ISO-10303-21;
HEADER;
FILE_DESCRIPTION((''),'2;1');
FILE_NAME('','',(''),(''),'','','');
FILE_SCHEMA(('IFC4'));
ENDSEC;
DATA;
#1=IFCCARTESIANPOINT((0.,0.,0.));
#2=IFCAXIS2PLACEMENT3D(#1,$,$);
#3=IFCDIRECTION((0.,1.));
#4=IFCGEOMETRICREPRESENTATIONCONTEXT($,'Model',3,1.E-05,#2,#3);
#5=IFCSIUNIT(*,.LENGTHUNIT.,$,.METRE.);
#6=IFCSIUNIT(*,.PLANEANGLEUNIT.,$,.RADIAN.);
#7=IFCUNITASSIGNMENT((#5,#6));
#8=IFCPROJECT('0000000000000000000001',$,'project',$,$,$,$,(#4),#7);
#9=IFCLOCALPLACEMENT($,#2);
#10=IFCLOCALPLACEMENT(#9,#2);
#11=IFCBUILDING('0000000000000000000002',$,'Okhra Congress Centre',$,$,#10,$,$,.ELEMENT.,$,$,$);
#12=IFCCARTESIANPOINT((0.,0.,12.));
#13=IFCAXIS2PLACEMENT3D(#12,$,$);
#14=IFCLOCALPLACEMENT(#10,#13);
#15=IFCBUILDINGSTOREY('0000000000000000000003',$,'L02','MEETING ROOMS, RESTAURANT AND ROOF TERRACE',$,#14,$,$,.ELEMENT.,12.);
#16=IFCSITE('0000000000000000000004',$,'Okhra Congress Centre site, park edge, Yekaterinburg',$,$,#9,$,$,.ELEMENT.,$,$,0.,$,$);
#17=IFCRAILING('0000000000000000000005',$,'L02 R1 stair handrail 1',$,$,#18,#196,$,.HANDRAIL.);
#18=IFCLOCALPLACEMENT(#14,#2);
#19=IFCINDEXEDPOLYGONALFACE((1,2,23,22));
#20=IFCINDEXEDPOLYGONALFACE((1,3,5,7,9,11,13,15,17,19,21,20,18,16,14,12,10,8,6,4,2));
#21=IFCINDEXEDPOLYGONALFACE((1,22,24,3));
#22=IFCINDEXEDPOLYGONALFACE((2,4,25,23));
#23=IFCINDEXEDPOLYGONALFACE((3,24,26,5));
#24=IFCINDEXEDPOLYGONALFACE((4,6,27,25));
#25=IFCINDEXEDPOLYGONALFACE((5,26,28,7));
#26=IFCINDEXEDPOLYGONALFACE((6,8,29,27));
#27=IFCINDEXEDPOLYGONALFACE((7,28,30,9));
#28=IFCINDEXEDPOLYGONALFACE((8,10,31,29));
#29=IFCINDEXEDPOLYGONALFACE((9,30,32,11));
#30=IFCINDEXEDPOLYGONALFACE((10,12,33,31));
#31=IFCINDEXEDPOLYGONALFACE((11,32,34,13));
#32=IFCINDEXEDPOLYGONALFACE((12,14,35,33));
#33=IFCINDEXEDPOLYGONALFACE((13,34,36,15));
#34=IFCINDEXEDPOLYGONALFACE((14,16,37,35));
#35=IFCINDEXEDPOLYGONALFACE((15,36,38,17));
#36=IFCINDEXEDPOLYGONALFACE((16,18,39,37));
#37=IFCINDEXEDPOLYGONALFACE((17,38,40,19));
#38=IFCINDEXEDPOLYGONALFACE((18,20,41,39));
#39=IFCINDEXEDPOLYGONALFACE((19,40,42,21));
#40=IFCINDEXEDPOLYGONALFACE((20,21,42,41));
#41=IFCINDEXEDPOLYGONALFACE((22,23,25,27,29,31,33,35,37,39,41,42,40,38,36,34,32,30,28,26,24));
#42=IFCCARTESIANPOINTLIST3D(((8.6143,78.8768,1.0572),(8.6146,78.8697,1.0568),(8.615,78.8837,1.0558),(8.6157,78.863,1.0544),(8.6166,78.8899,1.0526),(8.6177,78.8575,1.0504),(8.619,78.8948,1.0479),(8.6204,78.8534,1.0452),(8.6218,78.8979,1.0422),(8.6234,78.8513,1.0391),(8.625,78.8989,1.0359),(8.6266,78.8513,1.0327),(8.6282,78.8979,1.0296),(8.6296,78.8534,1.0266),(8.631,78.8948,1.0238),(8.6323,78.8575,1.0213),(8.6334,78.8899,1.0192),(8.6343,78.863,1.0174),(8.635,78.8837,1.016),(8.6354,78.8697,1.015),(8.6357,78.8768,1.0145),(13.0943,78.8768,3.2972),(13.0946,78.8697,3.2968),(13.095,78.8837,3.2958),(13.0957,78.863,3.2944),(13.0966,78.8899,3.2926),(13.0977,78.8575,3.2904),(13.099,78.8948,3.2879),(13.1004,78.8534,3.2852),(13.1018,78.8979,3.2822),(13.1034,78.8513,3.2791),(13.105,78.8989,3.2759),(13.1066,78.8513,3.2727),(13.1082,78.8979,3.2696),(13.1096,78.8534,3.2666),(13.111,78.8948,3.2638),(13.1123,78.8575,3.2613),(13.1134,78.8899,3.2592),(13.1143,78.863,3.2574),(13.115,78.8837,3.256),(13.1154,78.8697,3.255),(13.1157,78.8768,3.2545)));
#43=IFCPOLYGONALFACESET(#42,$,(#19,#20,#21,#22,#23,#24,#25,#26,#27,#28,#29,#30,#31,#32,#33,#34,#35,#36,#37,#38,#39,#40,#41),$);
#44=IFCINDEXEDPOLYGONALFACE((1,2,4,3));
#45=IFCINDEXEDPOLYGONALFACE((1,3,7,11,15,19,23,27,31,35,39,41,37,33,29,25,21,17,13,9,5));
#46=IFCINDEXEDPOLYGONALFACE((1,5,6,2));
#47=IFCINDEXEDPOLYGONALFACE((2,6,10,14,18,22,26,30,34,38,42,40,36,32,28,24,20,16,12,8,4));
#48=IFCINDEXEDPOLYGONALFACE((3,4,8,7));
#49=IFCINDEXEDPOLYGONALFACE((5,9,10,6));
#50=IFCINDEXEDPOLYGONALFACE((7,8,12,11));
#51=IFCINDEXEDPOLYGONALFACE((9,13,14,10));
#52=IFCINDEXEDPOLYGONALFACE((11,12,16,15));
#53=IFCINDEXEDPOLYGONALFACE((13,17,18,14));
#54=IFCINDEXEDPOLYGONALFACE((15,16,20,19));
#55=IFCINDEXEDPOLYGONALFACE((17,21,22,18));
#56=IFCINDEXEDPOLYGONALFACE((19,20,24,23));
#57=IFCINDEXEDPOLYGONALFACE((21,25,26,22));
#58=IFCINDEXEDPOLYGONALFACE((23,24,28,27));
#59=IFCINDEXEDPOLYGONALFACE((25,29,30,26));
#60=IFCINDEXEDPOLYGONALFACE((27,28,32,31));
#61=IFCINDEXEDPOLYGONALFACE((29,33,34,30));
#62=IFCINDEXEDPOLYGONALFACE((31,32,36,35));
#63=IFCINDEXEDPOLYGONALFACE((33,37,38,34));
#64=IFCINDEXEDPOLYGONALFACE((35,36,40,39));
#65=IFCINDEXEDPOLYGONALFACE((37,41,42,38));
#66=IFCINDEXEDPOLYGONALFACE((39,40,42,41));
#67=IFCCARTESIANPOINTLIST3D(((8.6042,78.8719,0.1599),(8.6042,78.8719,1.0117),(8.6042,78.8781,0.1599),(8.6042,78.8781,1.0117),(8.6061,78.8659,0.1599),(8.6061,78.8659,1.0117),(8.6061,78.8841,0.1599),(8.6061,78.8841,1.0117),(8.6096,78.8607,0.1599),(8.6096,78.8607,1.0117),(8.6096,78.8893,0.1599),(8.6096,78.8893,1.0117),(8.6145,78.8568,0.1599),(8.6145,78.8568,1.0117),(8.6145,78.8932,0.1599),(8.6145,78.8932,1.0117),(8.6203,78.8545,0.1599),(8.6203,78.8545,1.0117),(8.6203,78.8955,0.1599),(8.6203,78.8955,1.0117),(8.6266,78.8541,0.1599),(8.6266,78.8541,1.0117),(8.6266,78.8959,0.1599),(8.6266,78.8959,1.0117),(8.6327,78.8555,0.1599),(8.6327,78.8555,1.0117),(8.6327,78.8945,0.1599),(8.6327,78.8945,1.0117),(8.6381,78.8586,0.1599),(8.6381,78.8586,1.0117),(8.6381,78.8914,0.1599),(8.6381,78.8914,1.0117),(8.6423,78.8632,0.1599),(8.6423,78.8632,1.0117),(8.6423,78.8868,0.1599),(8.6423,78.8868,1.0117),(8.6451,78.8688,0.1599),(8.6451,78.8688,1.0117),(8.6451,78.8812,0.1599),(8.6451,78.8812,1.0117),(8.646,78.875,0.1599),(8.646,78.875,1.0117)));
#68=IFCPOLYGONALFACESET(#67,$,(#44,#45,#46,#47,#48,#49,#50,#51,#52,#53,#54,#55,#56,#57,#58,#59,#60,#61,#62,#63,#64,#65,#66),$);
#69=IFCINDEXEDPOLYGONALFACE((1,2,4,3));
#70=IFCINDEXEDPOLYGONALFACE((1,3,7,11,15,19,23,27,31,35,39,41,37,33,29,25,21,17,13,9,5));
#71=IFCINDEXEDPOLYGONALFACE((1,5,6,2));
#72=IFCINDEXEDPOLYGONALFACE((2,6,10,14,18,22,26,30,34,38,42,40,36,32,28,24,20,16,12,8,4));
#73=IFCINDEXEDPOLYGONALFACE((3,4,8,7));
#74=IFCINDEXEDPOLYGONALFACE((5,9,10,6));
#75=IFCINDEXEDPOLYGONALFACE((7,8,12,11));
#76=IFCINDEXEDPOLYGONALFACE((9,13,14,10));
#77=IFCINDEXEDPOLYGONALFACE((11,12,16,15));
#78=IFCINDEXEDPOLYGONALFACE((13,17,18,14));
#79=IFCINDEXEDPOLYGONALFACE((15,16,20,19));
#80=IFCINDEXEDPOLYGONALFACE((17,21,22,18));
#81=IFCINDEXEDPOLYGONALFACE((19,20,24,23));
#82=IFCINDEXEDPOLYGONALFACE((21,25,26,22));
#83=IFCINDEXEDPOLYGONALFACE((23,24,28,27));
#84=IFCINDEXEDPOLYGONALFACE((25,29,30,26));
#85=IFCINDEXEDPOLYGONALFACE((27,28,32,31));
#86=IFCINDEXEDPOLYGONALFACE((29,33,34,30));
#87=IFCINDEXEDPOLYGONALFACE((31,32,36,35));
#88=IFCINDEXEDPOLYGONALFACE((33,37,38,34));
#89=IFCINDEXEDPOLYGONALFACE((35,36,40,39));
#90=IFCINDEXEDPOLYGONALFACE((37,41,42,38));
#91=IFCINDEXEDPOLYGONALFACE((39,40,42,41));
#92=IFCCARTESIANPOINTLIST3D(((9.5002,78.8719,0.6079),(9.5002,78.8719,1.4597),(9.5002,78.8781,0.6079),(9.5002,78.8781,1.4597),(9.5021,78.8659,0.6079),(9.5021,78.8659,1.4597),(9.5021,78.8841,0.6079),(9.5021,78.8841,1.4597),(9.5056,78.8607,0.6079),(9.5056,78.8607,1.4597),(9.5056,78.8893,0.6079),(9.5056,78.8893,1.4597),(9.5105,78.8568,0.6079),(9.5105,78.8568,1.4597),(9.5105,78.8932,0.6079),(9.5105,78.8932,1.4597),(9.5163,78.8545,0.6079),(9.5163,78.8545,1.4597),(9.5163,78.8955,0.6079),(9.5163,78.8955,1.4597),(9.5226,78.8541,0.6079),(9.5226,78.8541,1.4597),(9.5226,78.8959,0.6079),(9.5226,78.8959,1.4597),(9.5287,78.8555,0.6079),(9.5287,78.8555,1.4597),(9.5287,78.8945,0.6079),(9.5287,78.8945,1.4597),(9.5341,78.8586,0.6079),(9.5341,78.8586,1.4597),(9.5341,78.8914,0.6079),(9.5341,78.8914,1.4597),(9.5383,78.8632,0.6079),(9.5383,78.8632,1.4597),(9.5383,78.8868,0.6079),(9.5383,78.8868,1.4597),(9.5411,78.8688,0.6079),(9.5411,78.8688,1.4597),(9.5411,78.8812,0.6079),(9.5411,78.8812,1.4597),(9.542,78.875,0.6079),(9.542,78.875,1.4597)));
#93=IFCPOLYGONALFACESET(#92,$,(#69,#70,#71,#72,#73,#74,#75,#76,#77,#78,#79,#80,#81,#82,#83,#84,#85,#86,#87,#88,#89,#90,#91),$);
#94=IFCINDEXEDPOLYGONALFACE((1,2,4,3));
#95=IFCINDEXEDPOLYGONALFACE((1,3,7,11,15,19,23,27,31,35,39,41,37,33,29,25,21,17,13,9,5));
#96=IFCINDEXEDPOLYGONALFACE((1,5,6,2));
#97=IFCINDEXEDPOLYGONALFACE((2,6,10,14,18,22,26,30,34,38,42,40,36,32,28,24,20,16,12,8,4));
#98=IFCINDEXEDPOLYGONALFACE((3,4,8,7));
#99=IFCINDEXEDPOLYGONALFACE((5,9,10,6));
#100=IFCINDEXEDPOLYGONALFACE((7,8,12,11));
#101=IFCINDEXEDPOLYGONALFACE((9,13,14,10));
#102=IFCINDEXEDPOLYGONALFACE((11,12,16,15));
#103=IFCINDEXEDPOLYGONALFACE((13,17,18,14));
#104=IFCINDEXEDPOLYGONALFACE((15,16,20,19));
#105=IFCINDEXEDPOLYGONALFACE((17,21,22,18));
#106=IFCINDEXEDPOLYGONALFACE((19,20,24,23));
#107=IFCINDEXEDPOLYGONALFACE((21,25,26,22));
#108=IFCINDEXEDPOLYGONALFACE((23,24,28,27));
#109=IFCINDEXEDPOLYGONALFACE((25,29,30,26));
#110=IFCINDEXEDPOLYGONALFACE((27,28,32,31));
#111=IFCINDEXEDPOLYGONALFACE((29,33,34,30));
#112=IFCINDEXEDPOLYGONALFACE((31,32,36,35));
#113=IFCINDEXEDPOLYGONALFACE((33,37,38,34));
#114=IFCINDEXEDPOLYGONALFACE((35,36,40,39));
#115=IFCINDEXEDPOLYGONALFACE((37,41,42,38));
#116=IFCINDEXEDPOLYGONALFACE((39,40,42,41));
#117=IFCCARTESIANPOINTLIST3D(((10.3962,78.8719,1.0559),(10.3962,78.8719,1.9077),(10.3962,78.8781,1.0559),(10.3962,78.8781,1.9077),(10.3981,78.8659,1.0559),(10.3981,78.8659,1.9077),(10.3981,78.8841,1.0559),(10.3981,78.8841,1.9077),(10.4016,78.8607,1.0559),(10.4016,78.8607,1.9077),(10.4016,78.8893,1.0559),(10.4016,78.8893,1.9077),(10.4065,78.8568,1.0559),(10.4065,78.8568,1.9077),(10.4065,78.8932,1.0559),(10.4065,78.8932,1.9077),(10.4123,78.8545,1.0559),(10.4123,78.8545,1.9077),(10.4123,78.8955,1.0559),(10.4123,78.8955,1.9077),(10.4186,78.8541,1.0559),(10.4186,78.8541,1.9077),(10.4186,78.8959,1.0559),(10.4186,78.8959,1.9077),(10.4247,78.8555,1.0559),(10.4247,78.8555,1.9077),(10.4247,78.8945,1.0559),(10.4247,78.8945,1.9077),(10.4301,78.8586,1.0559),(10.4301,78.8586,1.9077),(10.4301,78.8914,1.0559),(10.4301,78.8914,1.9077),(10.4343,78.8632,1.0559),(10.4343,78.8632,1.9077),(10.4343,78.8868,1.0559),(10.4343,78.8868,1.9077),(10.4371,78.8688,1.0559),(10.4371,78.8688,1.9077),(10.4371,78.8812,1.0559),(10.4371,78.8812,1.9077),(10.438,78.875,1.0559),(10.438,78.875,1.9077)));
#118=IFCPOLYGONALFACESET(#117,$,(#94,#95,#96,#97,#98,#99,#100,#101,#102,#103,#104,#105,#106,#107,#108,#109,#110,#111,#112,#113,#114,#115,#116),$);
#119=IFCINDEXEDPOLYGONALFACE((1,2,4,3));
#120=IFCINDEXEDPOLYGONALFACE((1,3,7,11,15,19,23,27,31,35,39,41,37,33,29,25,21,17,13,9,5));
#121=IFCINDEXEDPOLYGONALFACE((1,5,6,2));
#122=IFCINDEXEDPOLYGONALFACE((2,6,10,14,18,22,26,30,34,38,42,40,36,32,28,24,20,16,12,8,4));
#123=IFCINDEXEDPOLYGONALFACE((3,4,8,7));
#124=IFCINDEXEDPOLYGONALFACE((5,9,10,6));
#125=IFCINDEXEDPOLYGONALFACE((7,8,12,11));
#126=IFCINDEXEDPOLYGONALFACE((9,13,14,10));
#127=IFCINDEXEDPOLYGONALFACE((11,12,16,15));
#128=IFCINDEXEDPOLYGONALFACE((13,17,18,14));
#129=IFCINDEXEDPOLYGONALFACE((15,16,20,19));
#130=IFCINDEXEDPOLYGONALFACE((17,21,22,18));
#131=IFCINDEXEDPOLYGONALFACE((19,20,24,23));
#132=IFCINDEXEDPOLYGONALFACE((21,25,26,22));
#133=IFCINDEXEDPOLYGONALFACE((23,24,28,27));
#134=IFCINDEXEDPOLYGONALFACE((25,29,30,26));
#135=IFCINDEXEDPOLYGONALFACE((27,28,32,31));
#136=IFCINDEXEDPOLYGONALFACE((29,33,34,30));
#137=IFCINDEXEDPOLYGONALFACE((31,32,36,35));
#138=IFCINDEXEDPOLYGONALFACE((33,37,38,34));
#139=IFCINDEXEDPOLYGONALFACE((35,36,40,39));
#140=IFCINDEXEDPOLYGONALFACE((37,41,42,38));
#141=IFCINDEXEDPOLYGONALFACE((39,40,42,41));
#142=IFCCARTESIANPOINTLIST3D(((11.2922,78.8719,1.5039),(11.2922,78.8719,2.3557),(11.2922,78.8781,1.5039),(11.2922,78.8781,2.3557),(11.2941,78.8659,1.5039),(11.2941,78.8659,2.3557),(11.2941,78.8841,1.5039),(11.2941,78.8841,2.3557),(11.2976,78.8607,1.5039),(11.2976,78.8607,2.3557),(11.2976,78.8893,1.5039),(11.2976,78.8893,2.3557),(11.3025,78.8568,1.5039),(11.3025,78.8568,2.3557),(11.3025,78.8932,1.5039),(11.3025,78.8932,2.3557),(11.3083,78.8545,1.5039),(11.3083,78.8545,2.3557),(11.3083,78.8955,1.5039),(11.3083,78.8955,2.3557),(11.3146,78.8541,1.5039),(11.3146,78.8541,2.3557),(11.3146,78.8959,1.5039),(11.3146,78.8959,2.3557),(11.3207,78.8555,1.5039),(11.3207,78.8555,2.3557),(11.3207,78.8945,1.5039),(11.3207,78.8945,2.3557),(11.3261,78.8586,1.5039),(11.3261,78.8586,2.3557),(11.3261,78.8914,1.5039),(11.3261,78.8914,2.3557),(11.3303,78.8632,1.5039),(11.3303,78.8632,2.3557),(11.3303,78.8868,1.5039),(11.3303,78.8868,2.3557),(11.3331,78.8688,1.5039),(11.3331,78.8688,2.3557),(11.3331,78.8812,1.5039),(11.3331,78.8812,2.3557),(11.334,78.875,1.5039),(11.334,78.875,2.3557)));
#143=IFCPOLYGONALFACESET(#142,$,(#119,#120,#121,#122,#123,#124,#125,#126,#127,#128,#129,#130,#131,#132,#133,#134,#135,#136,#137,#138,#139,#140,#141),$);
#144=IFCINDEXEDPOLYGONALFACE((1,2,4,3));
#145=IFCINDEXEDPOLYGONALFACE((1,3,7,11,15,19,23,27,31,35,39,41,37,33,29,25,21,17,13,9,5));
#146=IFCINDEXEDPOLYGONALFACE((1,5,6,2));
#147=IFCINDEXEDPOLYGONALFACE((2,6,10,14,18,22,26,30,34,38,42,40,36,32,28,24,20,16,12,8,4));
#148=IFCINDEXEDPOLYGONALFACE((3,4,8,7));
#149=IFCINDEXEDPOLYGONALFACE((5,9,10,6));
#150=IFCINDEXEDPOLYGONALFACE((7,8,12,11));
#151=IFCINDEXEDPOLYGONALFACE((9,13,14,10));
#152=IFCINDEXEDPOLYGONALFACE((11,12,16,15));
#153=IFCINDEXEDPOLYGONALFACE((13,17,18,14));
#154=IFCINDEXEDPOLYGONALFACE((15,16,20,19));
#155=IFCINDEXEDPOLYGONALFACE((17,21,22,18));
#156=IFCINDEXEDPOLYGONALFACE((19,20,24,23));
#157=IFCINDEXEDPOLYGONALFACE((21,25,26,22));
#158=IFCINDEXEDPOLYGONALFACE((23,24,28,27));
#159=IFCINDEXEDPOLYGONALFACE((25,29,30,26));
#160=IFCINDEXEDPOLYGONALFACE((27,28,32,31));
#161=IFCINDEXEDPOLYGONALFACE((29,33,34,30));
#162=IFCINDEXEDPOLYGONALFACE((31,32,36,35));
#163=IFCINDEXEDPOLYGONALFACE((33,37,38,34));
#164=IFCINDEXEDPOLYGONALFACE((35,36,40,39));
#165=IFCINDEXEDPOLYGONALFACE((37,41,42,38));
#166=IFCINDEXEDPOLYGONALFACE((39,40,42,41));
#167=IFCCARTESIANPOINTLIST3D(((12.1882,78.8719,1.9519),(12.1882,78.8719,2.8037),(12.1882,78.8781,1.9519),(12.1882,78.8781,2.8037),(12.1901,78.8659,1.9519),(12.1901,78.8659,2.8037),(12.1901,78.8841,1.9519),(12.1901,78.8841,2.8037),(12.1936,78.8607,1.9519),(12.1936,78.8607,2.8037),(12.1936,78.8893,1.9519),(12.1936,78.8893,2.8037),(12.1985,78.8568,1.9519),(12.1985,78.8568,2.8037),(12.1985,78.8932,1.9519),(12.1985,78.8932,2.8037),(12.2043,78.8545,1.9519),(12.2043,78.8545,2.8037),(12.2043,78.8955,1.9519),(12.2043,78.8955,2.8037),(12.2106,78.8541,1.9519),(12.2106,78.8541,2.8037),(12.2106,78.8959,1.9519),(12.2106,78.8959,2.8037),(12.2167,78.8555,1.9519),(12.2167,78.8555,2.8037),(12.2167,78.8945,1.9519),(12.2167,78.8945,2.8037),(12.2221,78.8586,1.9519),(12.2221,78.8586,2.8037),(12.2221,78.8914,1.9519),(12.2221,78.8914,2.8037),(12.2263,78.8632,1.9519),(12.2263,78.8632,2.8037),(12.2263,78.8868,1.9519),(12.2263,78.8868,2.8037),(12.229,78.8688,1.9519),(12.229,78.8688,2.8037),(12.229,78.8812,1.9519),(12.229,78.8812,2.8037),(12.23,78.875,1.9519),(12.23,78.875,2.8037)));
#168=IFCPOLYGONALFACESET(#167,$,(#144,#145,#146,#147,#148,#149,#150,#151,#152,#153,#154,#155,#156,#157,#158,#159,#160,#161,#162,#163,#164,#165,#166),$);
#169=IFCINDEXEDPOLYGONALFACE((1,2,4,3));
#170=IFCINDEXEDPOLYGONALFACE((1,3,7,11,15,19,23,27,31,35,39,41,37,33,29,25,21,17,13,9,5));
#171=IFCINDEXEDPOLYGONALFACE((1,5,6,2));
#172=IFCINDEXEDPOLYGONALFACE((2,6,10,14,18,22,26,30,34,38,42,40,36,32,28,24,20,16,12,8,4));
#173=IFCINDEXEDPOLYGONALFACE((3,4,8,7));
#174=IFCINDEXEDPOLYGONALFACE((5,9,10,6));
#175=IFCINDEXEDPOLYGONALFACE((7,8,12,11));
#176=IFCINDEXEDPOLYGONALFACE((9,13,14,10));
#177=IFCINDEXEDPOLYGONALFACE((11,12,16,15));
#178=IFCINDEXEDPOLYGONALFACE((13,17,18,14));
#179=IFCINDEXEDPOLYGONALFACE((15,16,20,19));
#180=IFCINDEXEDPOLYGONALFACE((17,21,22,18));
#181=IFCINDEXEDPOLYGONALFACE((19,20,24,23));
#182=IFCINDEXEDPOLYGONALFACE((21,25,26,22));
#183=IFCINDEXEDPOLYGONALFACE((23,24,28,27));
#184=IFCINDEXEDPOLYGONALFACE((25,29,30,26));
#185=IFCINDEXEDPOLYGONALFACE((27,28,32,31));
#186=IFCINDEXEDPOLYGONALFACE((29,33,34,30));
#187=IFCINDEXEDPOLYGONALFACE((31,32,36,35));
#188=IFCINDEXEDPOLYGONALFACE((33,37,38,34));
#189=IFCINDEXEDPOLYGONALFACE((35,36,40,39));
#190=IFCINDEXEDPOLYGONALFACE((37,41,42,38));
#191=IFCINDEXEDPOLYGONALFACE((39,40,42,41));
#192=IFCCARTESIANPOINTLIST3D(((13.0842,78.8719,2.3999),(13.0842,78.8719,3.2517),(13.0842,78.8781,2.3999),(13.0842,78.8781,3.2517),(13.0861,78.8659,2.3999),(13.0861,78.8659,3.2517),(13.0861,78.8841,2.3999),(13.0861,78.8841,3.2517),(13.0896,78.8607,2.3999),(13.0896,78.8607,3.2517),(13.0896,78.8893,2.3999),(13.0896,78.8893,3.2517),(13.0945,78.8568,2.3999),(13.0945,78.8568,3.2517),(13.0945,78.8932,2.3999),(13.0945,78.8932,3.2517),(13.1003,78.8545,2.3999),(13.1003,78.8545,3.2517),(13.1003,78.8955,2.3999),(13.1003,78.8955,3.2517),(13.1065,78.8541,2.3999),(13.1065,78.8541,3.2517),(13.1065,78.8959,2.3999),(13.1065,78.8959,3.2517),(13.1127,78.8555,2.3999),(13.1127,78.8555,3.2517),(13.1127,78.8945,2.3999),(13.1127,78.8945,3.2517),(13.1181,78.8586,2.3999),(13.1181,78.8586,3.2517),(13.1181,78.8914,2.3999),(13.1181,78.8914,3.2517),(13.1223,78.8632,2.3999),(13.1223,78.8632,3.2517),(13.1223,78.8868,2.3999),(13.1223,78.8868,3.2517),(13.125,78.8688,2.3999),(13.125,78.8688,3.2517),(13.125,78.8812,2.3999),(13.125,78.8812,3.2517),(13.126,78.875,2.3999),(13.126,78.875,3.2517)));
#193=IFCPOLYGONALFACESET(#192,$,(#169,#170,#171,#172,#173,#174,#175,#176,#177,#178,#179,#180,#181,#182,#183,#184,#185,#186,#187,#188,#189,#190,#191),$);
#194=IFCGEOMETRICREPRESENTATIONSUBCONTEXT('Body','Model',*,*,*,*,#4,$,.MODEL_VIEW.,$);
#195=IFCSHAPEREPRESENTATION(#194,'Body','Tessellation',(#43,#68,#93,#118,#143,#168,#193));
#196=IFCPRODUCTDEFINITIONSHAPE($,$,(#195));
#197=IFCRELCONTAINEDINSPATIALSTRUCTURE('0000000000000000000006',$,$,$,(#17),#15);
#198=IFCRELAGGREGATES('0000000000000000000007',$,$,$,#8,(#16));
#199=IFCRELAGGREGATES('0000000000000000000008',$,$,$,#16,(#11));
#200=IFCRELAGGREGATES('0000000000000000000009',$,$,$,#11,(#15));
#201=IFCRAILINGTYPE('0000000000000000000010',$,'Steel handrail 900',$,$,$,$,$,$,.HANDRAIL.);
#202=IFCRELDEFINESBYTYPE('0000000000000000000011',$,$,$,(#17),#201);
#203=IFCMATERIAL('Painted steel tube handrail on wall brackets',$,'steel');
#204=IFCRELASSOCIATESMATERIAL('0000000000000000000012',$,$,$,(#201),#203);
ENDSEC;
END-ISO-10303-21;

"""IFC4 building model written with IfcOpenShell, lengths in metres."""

from ifc_helpers import new_model, si_unit, direction, frame, origin, origin_2d, place, context, subcontext, project, spatial, circle, extrude, material, type_object, element, save


model = new_model("IFC4")

# Units and contexts
model_context = context("Model", 3, precision=1e-05, world=origin(), true_north=direction((0.0, 1.0)))
body_context = subcontext(model_context, "Body", "Model", "MODEL_VIEW")
ifc_project = project(units=[si_unit("LENGTHUNIT", "METRE"), si_unit("PLANEANGLEUNIT", "RADIAN")], contexts=[model_context])

# Site, building, storey
site_placement = place(None, origin())
site = spatial("IfcSite", under=ifc_project, at=site_placement, Name="Okhra Congress Centre site, park edge, Yekaterinburg", CompositionType="ELEMENT", RefElevation=0.0)
building_placement = place(site_placement, origin())
building = spatial("IfcBuilding", under=site, at=building_placement, Name="Okhra Congress Centre", CompositionType="ELEMENT")
storey_placement = place(building_placement, frame((0.0, 0.0, 12.0)))
storey = spatial("IfcBuildingStorey", under=building, at=storey_placement, Name="L02", Description="MEETING ROOMS, RESTAURANT AND ROOF TERRACE", CompositionType="ELEMENT", Elevation=12.0)

# Railing
ifc_material_1 = material(Name="Painted steel tube handrail on wall brackets", Category="steel")
railing_type_1 = type_object("IfcRailingType", Name="Steel handrail 900", PredefinedType="HANDRAIL", material=ifc_material_1)
railing_1_placement = place(storey_placement, frame((8.625, 78.875, 0.1599)))
element("IfcRailing", 1, at=railing_1_placement, inside=storey, type_object=railing_type_1, Name="L02 R1 stair handrail 1", PredefinedType="HANDRAIL", context=body_context, shape_type="SweptSolid", body=[
    extrude(circle(Radius=0.0239, at=origin_2d()), frame((0.0, 0.0, 0.876), z_axis=(0.894427, 0.0, 0.447214), x_axis=(0.0, 1.0, 0.0)), (0.0, 0.0, 1.0), 5.0088),
    extrude(circle(Radius=0.021, at=origin_2d()), origin(), (0.0, 0.0, 1.0), 0.8518),
    extrude(circle(Radius=0.021, at=origin_2d()), frame((0.896, 0.0, 0.448)), (0.0, 0.0, 1.0), 0.8518),
    extrude(circle(Radius=0.021, at=origin_2d()), frame((1.792, 0.0, 0.896)), (0.0, 0.0, 1.0), 0.8518),
    extrude(circle(Radius=0.021, at=origin_2d()), frame((2.688, 0.0, 1.344)), (0.0, 0.0, 1.0), 0.8518),
    extrude(circle(Radius=0.021, at=origin_2d()), frame((3.584, 0.0, 1.792)), (0.0, 0.0, 1.0), 0.8518),
    extrude(circle(Radius=0.021, at=origin_2d()), frame((4.48, 0.0, 2.24)), (0.0, 0.0, 1.0), 0.8518),
])

save(model, "model.ifc")
